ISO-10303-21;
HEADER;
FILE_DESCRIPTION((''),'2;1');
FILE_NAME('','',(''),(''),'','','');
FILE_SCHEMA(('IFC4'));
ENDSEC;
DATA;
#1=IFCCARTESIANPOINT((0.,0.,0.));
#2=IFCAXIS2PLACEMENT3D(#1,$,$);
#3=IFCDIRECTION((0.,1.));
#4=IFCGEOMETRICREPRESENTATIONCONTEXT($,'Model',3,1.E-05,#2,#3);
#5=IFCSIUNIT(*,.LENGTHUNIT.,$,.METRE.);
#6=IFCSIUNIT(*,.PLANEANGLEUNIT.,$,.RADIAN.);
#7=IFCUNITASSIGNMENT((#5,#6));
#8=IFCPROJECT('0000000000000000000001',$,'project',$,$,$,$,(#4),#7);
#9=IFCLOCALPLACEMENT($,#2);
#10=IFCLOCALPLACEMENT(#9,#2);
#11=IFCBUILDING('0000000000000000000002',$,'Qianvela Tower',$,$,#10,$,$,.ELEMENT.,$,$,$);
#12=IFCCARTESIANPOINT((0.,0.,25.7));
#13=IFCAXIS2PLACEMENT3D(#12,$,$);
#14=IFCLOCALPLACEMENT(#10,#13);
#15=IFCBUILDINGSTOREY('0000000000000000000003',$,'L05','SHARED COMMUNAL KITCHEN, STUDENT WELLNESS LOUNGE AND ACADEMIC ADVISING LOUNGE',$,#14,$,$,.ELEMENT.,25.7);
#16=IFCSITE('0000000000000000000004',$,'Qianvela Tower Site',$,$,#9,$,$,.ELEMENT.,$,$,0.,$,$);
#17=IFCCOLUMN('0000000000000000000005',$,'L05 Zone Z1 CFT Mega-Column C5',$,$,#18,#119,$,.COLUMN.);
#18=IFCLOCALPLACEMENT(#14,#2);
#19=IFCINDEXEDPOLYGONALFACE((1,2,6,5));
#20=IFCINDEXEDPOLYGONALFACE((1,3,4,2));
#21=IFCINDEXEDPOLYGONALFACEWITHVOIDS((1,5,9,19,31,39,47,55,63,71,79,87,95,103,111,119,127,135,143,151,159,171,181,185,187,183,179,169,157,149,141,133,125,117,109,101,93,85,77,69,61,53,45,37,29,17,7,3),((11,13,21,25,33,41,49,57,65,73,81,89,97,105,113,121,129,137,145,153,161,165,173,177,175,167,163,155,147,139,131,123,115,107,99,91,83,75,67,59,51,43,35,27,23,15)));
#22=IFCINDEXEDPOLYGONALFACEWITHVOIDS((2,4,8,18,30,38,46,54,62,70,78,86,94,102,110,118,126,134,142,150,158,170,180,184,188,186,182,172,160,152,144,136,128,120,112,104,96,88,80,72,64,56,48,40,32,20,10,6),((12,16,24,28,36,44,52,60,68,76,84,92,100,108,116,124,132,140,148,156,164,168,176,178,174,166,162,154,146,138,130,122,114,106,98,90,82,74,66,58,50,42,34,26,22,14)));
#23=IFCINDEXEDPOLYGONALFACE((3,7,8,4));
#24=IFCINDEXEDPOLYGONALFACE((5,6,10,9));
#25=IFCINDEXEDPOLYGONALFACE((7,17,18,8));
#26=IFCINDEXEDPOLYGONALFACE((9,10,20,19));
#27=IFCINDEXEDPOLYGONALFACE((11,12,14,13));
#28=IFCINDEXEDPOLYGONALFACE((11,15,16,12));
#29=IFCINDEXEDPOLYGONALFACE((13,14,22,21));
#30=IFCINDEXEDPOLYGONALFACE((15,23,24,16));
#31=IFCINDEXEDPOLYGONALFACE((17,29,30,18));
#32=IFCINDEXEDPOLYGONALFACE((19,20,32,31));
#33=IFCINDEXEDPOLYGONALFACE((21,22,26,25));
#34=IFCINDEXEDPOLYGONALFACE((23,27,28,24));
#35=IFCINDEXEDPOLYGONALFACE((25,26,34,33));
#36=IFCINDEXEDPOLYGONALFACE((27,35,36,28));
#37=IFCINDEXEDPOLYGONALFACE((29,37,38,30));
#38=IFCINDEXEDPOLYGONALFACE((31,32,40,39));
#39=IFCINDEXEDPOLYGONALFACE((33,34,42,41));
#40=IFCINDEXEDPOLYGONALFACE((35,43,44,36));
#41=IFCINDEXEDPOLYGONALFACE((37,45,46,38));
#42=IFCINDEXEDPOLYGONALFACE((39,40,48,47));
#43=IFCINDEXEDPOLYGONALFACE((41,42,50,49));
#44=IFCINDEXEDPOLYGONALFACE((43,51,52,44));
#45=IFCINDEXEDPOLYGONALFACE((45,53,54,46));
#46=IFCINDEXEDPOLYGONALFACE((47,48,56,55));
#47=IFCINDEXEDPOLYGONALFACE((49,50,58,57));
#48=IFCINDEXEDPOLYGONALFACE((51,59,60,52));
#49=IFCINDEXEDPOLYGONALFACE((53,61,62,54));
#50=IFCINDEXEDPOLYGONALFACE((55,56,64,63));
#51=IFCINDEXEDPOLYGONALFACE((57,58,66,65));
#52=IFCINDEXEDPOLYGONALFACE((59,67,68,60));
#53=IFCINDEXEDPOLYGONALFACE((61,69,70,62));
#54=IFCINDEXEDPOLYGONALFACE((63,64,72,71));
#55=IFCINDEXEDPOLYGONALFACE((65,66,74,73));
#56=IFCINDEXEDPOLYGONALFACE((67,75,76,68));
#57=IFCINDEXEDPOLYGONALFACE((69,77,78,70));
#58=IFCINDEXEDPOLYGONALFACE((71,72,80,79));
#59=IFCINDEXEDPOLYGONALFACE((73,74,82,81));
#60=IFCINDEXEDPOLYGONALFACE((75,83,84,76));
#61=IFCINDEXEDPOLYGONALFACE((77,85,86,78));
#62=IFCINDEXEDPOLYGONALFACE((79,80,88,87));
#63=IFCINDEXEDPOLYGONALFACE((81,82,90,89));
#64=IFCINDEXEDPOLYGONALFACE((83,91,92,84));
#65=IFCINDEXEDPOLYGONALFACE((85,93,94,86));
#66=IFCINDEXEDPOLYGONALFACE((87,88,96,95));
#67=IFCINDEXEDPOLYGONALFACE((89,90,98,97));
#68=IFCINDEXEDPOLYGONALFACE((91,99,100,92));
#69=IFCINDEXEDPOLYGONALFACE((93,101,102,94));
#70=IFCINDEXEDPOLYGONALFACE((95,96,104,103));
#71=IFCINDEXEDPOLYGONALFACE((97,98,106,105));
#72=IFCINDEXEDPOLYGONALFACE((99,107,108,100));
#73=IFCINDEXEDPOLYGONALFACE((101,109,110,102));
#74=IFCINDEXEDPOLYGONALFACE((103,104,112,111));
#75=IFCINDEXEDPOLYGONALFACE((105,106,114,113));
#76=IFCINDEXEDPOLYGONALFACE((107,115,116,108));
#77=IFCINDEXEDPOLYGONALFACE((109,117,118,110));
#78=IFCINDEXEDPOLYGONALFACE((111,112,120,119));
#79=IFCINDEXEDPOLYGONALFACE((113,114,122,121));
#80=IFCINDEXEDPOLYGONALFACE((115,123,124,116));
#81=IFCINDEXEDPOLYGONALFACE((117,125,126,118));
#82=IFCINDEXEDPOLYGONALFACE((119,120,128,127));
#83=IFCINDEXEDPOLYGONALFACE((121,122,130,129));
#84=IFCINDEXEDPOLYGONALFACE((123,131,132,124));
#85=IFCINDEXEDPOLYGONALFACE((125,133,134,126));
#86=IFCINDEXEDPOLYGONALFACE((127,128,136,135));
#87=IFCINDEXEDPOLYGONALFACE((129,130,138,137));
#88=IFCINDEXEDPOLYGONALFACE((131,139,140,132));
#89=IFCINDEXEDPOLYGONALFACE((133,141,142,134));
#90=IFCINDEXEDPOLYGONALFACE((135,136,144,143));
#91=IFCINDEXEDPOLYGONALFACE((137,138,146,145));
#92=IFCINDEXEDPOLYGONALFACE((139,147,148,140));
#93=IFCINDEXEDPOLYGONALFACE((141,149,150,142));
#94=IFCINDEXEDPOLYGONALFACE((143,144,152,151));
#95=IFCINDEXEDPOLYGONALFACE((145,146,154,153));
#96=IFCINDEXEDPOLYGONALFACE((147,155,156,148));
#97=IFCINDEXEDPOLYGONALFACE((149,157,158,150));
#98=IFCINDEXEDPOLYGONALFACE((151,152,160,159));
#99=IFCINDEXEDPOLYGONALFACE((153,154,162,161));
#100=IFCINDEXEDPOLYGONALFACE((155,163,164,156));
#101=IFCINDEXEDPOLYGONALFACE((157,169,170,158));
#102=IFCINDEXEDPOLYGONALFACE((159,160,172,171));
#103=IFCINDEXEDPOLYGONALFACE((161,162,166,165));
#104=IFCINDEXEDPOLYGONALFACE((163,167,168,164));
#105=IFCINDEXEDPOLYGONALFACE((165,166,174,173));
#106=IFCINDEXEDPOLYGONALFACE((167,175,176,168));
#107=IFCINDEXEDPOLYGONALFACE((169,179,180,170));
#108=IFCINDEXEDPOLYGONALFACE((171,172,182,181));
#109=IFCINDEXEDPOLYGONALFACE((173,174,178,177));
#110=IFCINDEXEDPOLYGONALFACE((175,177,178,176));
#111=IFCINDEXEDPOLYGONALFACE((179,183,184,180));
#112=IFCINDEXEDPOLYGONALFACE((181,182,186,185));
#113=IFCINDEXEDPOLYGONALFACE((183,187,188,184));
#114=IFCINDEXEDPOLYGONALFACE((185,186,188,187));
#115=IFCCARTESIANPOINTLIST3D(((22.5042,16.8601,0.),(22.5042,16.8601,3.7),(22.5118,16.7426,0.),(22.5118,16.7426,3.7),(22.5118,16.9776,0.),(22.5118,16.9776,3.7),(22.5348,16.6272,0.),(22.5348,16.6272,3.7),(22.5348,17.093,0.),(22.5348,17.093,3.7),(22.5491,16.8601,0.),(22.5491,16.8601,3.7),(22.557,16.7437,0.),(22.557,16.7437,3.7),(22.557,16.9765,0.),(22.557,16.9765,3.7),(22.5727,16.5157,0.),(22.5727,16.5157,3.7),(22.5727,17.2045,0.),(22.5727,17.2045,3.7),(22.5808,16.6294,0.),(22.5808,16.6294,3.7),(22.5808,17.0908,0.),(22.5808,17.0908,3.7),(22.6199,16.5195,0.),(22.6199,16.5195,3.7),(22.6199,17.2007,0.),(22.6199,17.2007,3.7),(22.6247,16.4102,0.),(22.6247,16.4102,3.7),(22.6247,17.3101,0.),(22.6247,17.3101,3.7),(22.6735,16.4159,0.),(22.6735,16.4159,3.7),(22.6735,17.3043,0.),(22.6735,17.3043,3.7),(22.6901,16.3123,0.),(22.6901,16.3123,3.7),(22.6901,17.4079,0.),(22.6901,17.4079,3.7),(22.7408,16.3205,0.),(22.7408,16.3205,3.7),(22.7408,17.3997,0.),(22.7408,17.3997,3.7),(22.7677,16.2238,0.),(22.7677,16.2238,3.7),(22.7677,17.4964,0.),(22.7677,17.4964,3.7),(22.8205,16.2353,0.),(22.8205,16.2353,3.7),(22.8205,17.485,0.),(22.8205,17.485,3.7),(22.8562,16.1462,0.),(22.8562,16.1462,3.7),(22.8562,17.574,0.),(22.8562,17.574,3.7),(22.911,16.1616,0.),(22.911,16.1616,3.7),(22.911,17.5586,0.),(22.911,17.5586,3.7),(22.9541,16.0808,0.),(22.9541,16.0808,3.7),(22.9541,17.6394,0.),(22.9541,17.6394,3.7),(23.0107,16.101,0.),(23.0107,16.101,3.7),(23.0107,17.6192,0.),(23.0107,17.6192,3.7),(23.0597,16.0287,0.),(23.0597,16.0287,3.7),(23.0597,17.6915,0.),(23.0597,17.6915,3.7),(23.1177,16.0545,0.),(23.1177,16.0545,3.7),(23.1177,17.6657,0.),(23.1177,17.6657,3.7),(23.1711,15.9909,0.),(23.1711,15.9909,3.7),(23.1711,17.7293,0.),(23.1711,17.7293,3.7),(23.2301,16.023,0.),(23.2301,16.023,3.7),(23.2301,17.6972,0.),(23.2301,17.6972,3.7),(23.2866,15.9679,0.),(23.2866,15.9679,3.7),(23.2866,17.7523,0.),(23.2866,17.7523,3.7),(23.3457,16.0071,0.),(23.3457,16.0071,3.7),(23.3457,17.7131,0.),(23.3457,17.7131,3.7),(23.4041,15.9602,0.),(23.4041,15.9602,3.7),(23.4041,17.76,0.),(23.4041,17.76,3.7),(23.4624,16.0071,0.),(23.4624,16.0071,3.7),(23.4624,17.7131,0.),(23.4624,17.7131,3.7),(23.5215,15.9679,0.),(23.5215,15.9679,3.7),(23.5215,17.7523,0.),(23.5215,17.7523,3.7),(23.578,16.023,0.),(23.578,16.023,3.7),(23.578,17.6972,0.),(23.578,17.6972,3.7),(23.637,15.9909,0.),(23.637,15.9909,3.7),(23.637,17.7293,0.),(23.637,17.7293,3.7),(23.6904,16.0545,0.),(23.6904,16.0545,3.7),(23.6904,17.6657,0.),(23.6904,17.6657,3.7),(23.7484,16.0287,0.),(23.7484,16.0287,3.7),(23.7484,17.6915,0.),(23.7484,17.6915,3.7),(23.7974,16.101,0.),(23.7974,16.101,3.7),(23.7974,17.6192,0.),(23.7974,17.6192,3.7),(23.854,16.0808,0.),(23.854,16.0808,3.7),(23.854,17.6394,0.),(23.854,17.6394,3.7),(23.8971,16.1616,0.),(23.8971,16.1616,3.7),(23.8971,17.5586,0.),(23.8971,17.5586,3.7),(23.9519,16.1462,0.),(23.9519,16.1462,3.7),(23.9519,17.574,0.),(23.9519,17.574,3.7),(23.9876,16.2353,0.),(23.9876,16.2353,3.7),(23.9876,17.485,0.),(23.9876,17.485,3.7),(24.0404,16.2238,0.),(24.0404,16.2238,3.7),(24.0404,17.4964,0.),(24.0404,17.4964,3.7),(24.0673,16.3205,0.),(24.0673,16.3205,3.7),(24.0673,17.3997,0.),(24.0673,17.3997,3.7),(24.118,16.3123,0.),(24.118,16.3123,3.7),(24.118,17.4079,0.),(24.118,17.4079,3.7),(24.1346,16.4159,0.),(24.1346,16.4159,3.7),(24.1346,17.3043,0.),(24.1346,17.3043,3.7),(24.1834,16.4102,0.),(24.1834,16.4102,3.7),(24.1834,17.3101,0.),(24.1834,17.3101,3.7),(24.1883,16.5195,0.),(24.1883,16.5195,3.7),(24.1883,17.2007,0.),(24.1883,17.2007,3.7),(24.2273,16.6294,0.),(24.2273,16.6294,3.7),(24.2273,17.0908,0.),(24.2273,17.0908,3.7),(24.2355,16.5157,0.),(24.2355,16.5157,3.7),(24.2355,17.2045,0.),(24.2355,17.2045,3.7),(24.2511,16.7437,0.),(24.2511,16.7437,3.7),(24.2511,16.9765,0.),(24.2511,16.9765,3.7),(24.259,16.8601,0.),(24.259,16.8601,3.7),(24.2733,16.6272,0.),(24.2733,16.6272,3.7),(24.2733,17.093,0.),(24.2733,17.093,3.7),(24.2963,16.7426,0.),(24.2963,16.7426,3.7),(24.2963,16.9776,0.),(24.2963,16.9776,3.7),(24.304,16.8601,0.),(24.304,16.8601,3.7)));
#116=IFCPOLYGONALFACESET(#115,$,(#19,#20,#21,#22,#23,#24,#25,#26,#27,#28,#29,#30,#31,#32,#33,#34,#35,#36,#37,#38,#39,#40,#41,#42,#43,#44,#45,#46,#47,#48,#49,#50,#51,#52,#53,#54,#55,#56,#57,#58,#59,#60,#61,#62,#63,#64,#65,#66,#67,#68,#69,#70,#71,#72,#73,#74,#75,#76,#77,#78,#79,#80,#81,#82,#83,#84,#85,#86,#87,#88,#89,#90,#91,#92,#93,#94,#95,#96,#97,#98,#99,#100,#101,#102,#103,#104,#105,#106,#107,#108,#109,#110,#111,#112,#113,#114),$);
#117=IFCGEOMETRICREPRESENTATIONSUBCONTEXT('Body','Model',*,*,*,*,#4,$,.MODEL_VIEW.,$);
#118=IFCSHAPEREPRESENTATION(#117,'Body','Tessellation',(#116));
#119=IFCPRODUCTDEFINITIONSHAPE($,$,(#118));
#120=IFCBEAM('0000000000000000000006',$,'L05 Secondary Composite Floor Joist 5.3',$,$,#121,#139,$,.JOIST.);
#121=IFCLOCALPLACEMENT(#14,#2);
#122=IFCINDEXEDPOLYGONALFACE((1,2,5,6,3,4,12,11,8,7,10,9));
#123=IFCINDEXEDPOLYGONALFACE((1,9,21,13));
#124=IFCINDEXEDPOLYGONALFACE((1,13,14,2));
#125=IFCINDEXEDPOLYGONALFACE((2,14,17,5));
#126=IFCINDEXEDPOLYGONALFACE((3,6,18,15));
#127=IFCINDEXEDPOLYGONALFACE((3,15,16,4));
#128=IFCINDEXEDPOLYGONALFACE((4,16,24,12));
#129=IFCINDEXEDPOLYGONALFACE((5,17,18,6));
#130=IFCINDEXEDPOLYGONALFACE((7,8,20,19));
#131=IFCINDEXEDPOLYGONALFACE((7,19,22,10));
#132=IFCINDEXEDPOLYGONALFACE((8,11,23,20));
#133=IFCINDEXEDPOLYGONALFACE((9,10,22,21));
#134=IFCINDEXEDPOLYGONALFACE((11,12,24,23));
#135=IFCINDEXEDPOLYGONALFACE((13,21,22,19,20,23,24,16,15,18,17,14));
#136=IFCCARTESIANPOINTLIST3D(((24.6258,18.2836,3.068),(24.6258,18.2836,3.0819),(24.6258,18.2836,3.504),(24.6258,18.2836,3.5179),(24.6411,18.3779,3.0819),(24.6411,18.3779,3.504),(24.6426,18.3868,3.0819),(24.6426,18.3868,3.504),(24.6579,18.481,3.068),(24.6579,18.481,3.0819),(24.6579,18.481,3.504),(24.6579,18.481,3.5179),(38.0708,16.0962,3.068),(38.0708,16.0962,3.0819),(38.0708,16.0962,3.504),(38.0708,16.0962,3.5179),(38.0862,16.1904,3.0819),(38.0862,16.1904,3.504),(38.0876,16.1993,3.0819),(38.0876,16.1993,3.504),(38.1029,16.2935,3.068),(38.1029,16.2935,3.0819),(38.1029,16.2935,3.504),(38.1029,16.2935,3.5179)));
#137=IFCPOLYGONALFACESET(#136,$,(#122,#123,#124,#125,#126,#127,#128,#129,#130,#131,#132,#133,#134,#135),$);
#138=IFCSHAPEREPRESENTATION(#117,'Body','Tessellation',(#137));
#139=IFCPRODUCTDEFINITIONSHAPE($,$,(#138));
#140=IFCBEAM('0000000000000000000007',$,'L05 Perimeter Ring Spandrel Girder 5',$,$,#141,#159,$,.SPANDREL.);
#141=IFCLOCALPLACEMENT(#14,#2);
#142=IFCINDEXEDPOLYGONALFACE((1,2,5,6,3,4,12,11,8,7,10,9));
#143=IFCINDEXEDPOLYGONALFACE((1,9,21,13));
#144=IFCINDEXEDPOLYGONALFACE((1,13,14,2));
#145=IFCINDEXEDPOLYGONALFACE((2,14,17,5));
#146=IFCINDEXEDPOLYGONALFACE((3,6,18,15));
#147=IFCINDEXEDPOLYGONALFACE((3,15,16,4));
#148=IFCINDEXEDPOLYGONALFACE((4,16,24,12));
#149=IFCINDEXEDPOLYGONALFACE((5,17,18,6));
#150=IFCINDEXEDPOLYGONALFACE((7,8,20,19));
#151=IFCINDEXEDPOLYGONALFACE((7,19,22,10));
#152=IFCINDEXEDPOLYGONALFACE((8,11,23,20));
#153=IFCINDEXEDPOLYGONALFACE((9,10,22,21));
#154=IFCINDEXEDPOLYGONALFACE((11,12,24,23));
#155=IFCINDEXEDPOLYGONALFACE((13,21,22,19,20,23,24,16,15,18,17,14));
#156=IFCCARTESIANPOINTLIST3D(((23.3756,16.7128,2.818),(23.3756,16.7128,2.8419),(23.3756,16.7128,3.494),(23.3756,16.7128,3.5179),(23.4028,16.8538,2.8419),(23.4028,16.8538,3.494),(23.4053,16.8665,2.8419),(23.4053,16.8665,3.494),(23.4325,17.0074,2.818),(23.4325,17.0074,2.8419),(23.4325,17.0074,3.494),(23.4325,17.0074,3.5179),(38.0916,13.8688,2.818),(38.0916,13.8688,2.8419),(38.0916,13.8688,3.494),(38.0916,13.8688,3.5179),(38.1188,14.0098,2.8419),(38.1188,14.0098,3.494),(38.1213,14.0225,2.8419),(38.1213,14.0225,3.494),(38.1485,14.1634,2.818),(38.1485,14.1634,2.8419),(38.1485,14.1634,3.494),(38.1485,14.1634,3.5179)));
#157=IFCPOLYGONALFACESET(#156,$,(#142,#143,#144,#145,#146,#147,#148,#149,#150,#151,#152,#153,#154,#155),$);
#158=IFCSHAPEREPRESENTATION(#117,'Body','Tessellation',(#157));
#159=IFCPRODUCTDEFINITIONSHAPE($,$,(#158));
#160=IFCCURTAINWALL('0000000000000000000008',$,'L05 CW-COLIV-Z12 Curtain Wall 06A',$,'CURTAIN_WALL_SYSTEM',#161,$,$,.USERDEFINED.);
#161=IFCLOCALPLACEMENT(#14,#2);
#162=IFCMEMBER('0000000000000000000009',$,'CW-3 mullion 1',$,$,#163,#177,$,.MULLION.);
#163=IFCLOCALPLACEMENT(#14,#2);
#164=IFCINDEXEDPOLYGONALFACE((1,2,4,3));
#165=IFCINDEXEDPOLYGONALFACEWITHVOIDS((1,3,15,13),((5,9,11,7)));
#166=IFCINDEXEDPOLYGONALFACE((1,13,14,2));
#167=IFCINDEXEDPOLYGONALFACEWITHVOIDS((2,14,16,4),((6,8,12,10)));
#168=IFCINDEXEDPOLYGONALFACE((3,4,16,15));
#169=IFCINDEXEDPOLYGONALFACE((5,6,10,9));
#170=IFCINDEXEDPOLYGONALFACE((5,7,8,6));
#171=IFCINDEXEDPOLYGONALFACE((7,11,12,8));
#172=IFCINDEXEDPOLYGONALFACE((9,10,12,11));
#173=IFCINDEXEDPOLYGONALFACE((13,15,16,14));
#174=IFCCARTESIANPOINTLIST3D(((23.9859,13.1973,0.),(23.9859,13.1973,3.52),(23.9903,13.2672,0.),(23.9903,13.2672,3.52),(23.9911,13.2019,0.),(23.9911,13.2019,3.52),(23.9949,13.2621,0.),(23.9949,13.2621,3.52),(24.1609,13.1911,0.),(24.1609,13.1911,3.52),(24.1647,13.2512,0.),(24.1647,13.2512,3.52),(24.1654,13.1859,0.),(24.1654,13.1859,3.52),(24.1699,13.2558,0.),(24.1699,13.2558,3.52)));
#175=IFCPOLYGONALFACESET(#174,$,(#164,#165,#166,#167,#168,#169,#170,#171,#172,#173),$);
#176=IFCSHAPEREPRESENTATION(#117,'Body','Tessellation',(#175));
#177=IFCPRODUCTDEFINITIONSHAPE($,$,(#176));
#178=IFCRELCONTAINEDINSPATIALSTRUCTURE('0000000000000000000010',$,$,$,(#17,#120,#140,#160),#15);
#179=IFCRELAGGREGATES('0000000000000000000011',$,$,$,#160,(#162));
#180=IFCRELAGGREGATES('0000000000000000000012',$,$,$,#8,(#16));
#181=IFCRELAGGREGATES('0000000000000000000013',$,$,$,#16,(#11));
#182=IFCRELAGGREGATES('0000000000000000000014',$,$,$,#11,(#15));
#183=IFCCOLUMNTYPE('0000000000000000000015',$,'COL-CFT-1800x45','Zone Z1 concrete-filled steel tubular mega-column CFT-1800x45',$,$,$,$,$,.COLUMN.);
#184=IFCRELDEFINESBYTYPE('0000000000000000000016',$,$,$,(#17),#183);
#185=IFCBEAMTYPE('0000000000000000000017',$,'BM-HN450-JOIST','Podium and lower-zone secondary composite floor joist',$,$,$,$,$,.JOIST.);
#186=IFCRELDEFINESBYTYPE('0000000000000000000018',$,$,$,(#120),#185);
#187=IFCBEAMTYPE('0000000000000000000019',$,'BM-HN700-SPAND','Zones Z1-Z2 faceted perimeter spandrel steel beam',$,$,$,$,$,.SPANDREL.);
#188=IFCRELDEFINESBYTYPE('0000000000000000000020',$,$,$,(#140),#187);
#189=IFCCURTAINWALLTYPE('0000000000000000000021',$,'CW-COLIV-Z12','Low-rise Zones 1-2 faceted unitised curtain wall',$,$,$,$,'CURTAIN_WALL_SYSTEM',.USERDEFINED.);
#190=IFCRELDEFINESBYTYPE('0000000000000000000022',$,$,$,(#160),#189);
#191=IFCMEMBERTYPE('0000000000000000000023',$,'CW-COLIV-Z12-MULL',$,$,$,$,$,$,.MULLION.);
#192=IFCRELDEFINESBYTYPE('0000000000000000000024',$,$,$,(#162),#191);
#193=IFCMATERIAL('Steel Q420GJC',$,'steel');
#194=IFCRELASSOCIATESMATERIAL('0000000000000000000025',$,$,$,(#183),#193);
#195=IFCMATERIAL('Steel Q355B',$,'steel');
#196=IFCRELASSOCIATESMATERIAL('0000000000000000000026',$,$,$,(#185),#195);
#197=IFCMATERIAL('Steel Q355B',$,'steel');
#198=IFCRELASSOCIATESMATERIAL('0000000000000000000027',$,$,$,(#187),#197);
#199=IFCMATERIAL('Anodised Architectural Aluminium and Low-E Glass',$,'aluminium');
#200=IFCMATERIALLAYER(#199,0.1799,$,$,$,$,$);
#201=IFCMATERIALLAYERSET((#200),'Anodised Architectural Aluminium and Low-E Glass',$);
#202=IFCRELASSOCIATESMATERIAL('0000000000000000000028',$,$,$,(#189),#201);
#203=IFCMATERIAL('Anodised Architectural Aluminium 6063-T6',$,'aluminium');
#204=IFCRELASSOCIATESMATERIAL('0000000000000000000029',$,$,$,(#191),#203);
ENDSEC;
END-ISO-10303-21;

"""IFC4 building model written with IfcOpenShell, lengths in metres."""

from ifc_helpers import new_model, si_unit, direction, frame, origin, origin_2d, place, context, subcontext, project, spatial, hollow_rectangle, hollow_circle, i_section, extrude, material, layer, layer_set, material_profile, profile_set, type_object, element, aggregate, save


model = new_model("IFC4")

# Units and contexts
model_context = context("Model", 3, precision=1e-05, world=origin(), true_north=direction((0.0, 1.0)))
body_context = subcontext(model_context, "Body", "Model", "MODEL_VIEW")
ifc_project = project(units=[si_unit("LENGTHUNIT", "METRE"), si_unit("PLANEANGLEUNIT", "RADIAN")], contexts=[model_context])

# Site, building, storey
site_placement = place(None, origin())
site = spatial("IfcSite", under=ifc_project, at=site_placement, Name="Qianvela Tower Site", CompositionType="ELEMENT", RefElevation=0.0)
building_placement = place(site_placement, origin())
building = spatial("IfcBuilding", under=site, at=building_placement, Name="Qianvela Tower", CompositionType="ELEMENT")
storey_placement = place(building_placement, frame((0.0, 0.0, 25.7)))
storey = spatial("IfcBuildingStorey", under=building, at=storey_placement, Name="L05", Description="SHARED COMMUNAL KITCHEN, STUDENT WELLNESS LOUNGE AND ACADEMIC ADVISING LOUNGE", CompositionType="ELEMENT", Elevation=25.7)

# Column
ifc_material_1 = material(Name="Steel Q420GJC", Category="steel")
ifc_material_profile_1 = material_profile(ifc_material_1, hollow_circle(Radius=0.8999, WallThickness=0.0449, at=origin_2d()), Name="CFT-1800x45")
ifc_profile_set_1 = profile_set([ifc_material_profile_1], Name="Steel Q420GJC")
column_type = type_object("IfcColumnType", Name="COL-CFT-1800x45", Description="Zone Z1 concrete-filled steel tubular mega-column CFT-1800x45", PredefinedType="COLUMN", material=ifc_profile_set_1)
column_placement = place(storey_placement, frame((23.4041, 16.8601, 0.0), z_axis=(0.0, 0.0, 1.0), x_axis=(1.0, 0.0, 0.0)))
element("IfcColumn", 1, at=column_placement, inside=storey, type_object=column_type, Name="L05 Zone Z1 CFT Mega-Column C5", PredefinedType="COLUMN", context=body_context, shape_type="SweptSolid", body=[
    extrude(hollow_circle(Radius=0.8999, WallThickness=0.0449, at=origin_2d()), origin(), (0.0, 0.0, 1.0), 3.7),
])

# Beams
ifc_material_2 = material(Name="Steel Q355B", Category="steel")
ifc_material_profile_2 = material_profile(ifc_material_2, i_section(OverallWidth=0.2, OverallDepth=0.45, WebThickness=0.009, FlangeThickness=0.0139, at=origin_2d()), Name="HN450x200x9x14")
ifc_profile_set_2 = profile_set([ifc_material_profile_2], Name="Steel Q355B")
beam_type_1 = type_object("IfcBeamType", Name="BM-HN450-JOIST", Description="Podium and lower-zone secondary composite floor joist", PredefinedType="JOIST", material=ifc_profile_set_2)
beam_1_placement = place(storey_placement, frame((24.6418, 18.3823, 3.293), z_axis=(0.987022, -0.160587, 0.0), x_axis=(0.160587, 0.987022, 0.0)))
element("IfcBeam", 2, at=beam_1_placement, inside=storey, type_object=beam_type_1, Name="L05 Secondary Composite Floor Joist 5.3", PredefinedType="JOIST", context=body_context, shape_type="SweptSolid", body=[
    extrude(i_section(OverallWidth=0.2, OverallDepth=0.45, WebThickness=0.009, FlangeThickness=0.0139, at=origin_2d()), origin(), (0.0, 0.0, 1.0), 13.6218),
])
ifc_material_3 = material(Name="Steel Q355B", Category="steel")
ifc_material_profile_3 = material_profile(ifc_material_3, i_section(OverallWidth=0.3, OverallDepth=0.7, WebThickness=0.0129, FlangeThickness=0.0239, at=origin_2d()), Name="HN700x300x13x24")
ifc_profile_set_3 = profile_set([ifc_material_profile_3], Name="Steel Q355B")
beam_type_2 = type_object("IfcBeamType", Name="BM-HN700-SPAND", Description="Zones Z1-Z2 faceted perimeter spandrel steel beam", PredefinedType="SPANDREL", material=ifc_profile_set_3)
beam_2_placement = place(storey_placement, frame((23.4041, 16.8601, 3.168), z_axis=(0.981833, -0.189747, 0.0), x_axis=(0.189747, 0.981833, 0.0)))
element("IfcBeam", 3, at=beam_2_placement, inside=storey, type_object=beam_type_2, Name="L05 Perimeter Ring Spandrel Girder 5", PredefinedType="SPANDREL", context=body_context, shape_type="SweptSolid", body=[
    extrude(i_section(OverallWidth=0.3, OverallDepth=0.7, WebThickness=0.0129, FlangeThickness=0.0239, at=origin_2d()), origin(), (0.0, 0.0, 1.0), 14.9883),
])

# Curtain wall, member
ifc_material_4 = material(Name="Anodised Architectural Aluminium and Low-E Glass", Category="aluminium")
ifc_layer_1 = layer(ifc_material_4, 0.1799)
ifc_layer_set_1 = layer_set([ifc_layer_1], Name="Anodised Architectural Aluminium and Low-E Glass")
curtain_wall_type = type_object("IfcCurtainWallType", Name="CW-COLIV-Z12", Description="Low-rise Zones 1-2 faceted unitised curtain wall", ElementType="CURTAIN_WALL_SYSTEM", PredefinedType="USERDEFINED", material=ifc_layer_set_1)
curtain_wall_placement = place(storey_placement, origin())
curtain_wall = element("IfcCurtainWall", 4, at=curtain_wall_placement, inside=storey, type_object=curtain_wall_type, Name="L05 CW-COLIV-Z12 Curtain Wall 06A", ObjectType="CURTAIN_WALL_SYSTEM", PredefinedType="USERDEFINED")
ifc_material_5 = material(Name="Anodised Architectural Aluminium 6063-T6", Category="aluminium")
ifc_material_profile_4 = material_profile(ifc_material_5, hollow_rectangle(XDim=0.0701, YDim=0.1799, WallThickness=0.0049, at=origin_2d()), Name="ALU-MULL-70x180")
ifc_profile_set_4 = profile_set([ifc_material_profile_4], Name="Anodised Architectural Aluminium 6063-T6")
member_type_1 = type_object("IfcMemberType", Name="CW-COLIV-Z12-MULL", PredefinedType="MULLION", material=ifc_profile_set_4)
member_1_placement = place(storey_placement, frame((24.0779, 13.2266, 0.0), z_axis=(0.0, 0.0, 1.0), x_axis=(0.06361, 0.997975, 0.0)))
member_1 = element("IfcMember", 5, at=member_1_placement, type_object=member_type_1, Name="CW-3 mullion 1", PredefinedType="MULLION", context=body_context, shape_type="SweptSolid", body=[
    extrude(hollow_rectangle(XDim=0.0701, YDim=0.1799, WallThickness=0.0049, at=origin_2d()), origin(), (0.0, 0.0, 1.0), 3.52),
])
aggregate(curtain_wall, [member_1])

save(model, "model.ifc")
